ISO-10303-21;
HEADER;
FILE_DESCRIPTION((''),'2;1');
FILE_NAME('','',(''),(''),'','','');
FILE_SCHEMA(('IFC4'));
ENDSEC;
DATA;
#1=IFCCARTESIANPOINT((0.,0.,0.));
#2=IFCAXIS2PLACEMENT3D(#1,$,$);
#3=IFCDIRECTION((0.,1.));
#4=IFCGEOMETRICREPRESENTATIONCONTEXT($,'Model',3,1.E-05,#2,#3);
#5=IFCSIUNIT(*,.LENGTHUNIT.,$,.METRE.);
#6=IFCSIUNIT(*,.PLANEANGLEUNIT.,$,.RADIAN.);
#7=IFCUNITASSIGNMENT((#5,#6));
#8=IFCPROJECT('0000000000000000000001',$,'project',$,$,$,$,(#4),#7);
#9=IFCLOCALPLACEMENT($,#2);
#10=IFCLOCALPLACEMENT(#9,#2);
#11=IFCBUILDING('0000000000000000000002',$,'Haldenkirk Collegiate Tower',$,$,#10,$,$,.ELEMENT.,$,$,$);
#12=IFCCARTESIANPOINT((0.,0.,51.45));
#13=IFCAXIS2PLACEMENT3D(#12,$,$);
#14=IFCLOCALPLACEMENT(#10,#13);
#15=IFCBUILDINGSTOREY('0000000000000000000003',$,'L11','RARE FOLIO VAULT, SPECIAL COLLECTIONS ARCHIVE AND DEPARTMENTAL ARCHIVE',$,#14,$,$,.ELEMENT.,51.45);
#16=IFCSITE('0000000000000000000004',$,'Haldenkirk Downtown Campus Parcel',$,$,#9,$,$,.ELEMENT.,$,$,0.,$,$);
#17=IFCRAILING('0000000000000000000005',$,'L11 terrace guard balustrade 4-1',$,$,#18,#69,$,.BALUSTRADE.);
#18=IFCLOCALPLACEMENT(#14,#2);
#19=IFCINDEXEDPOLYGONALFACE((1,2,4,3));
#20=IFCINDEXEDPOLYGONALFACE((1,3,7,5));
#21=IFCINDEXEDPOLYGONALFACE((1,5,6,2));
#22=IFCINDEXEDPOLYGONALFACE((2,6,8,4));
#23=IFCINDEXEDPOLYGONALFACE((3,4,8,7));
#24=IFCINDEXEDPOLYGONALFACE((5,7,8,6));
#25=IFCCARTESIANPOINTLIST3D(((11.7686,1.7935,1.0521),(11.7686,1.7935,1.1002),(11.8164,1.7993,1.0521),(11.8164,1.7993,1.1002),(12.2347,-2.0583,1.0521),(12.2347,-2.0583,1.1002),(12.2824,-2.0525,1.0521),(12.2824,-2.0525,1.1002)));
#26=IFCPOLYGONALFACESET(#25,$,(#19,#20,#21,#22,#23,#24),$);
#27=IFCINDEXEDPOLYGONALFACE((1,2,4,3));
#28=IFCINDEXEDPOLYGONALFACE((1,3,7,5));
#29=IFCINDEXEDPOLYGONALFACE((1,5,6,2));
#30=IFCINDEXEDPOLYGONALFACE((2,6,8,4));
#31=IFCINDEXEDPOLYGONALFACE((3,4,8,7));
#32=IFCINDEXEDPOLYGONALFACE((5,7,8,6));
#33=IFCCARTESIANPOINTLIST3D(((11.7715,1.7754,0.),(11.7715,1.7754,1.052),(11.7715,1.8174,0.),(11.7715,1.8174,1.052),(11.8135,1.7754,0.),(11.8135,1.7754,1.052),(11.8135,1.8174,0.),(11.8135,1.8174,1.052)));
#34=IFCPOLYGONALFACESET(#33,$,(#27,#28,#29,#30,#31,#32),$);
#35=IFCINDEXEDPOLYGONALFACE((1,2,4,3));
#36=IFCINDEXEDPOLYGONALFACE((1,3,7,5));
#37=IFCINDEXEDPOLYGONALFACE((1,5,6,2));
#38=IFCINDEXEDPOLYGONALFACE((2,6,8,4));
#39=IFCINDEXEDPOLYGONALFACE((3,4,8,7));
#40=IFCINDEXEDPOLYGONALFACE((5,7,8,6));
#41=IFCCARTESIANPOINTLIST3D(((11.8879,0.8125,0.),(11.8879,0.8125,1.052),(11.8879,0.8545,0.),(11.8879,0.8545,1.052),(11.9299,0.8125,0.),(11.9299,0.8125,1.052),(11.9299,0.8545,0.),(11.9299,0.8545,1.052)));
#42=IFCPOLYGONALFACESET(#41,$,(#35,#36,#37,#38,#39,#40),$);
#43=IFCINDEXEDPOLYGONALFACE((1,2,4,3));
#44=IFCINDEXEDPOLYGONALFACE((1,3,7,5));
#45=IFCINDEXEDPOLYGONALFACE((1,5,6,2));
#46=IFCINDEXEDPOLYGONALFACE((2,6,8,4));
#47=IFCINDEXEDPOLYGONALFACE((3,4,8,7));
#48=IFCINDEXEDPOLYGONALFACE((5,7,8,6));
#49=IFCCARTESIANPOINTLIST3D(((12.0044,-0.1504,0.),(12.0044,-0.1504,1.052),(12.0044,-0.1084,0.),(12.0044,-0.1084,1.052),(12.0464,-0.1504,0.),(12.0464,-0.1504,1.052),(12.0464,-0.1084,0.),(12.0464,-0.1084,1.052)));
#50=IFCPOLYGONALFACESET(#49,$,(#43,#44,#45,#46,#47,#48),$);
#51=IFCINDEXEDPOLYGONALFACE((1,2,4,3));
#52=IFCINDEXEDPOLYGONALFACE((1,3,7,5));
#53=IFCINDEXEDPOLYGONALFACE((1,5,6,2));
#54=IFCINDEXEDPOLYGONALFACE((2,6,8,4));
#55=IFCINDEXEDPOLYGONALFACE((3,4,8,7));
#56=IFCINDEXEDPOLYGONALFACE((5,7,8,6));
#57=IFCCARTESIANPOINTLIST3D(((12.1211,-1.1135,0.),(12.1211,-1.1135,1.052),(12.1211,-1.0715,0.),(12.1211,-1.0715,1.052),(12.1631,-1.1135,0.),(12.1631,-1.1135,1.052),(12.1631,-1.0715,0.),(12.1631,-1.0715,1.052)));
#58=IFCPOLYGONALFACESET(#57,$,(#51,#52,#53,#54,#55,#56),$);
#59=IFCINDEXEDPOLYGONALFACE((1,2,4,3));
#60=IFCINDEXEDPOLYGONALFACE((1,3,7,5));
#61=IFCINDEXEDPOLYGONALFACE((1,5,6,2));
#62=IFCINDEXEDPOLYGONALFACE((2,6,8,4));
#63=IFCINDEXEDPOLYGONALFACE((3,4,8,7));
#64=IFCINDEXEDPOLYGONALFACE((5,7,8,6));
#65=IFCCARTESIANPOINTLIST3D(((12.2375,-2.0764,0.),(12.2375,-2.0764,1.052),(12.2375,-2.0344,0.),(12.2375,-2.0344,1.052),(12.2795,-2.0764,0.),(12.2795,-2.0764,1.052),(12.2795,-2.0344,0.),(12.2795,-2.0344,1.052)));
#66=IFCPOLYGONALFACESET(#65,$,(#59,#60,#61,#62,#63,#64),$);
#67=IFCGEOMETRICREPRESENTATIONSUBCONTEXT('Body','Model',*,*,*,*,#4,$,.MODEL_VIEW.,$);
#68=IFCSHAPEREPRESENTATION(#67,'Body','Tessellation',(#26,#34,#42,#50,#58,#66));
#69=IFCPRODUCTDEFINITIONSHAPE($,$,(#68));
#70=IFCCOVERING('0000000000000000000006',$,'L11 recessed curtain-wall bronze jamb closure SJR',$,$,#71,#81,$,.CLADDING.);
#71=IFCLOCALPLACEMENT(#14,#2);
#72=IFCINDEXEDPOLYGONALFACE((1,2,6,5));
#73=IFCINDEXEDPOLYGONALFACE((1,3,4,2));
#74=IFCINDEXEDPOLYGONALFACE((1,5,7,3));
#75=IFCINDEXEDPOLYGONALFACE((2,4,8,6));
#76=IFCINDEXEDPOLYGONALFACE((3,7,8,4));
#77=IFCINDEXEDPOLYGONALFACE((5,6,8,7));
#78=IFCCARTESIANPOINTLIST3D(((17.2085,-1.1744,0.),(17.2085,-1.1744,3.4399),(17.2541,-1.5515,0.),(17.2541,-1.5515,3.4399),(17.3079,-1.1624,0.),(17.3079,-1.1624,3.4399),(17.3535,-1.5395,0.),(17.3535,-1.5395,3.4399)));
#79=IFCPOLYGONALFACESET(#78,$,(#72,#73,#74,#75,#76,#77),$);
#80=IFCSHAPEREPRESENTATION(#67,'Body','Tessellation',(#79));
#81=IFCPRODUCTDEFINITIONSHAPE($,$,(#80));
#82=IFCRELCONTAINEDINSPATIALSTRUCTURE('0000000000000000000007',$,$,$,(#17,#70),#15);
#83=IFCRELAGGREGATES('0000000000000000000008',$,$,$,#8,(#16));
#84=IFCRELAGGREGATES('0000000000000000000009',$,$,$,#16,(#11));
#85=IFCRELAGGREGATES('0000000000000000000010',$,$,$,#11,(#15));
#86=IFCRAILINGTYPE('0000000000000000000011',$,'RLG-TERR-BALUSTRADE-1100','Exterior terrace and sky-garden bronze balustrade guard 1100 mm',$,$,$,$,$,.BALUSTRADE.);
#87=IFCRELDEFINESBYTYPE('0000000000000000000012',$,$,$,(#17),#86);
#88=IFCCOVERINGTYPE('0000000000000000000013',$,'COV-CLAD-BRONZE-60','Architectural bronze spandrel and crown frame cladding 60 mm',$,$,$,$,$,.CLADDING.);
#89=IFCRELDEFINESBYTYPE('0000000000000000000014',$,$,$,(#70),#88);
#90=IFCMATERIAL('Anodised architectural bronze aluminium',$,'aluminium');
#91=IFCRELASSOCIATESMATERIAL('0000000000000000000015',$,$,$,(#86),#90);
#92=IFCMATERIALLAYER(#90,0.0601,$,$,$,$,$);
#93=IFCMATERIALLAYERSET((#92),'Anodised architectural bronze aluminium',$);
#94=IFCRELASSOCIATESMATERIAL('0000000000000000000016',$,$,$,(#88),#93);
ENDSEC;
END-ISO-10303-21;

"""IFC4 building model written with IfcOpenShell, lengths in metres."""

from ifc_helpers import new_model, si_unit, direction, frame, origin, origin_2d, place, context, subcontext, project, spatial, rectangle, extrude, source, transform, mapped, material, layer, layer_set, type_object, element, save


model = new_model("IFC4")

# Units and contexts
model_context = context("Model", 3, precision=1e-05, world=origin(), true_north=direction((0.0, 1.0)))
body_context = subcontext(model_context, "Body", "Model", "MODEL_VIEW")
ifc_project = project(units=[si_unit("LENGTHUNIT", "METRE"), si_unit("PLANEANGLEUNIT", "RADIAN")], contexts=[model_context])

# Site, building, storey
site_placement = place(None, origin())
site = spatial("IfcSite", under=ifc_project, at=site_placement, Name="Haldenkirk Downtown Campus Parcel", CompositionType="ELEMENT", RefElevation=0.0)
building_placement = place(site_placement, origin())
building = spatial("IfcBuilding", under=site, at=building_placement, Name="Haldenkirk Collegiate Tower", CompositionType="ELEMENT")
storey_placement = place(building_placement, frame((0.0, 0.0, 51.45)))
storey = spatial("IfcBuildingStorey", under=building, at=storey_placement, Name="L11", Description="RARE FOLIO VAULT, SPECIAL COLLECTIONS ARCHIVE AND DEPARTMENTAL ARCHIVE", CompositionType="ELEMENT", Elevation=51.45)

# Shared definitions
ifc_material_1 = material(Name="Anodised architectural bronze aluminium", Category="aluminium")

# Railing
railing_type = type_object("IfcRailingType", Name="RLG-TERR-BALUSTRADE-1100", Description="Exterior terrace and sky-garden bronze balustrade guard 1100 mm", PredefinedType="BALUSTRADE", material=ifc_material_1)
railing_1_placement = place(storey_placement, frame((11.7925, 1.7964, 0.0)))
element("IfcRailing", 1, at=railing_1_placement, inside=storey, type_object=railing_type, Name="L11 terrace guard balustrade 4-1", PredefinedType="BALUSTRADE", context=body_context, shape_type="SweptSolid", body=[
    extrude(rectangle(XDim=0.0481, YDim=0.0481, at=origin_2d()), frame((0.0, 0.0, 1.0762), z_axis=(0.120123, -0.992759, 0.0), x_axis=(0.992759, 0.120123, 0.0)), (0.0, 0.0, 1.0), 3.8799),
    extrude(rectangle(XDim=0.042, YDim=0.042, at=origin_2d()), origin(), (0.0, 0.0, 1.0), 1.052),
    extrude(rectangle(XDim=0.042, YDim=0.042, at=origin_2d()), frame((0.1165, -0.9629, 0.0)), (0.0, 0.0, 1.0), 1.052),
    extrude(rectangle(XDim=0.042, YDim=0.042, at=origin_2d()), frame((0.2329, -1.9258, 0.0)), (0.0, 0.0, 1.0), 1.052),
    extrude(rectangle(XDim=0.042, YDim=0.042, at=origin_2d()), frame((0.3496, -2.8889, 0.0)), (0.0, 0.0, 1.0), 1.052),
    extrude(rectangle(XDim=0.042, YDim=0.042, at=origin_2d()), frame((0.4661, -3.8518, 0.0)), (0.0, 0.0, 1.0), 1.052),
])

# Covering
ifc_layer_1 = layer(ifc_material_1, 0.0601)
ifc_layer_set_1 = layer_set([ifc_layer_1], Name="Anodised architectural bronze aluminium")
covering_type = type_object("IfcCoveringType", Name="COV-CLAD-BRONZE-60", Description="Architectural bronze spandrel and crown frame cladding 60 mm", PredefinedType="CLADDING", material=ifc_layer_set_1)
shared_shape_1 = source(origin(), body_context, "Body", "SweptSolid", [
    extrude(rectangle(XDim=0.1001, YDim=0.3799, at=origin_2d()), origin(), (0.0, 0.0, 1.0), 3.4399),
])
covering_placement = place(storey_placement, frame((17.281, -1.3569, 0.0), z_axis=(0.0, 0.0, 1.0), x_axis=(-0.992757, -0.120137, 0.0)))
element("IfcCovering", 2, at=covering_placement, inside=storey, type_object=covering_type, Name="L11 recessed curtain-wall bronze jamb closure SJR", PredefinedType="CLADDING", context=body_context, shape_type="MappedRepresentation", body=[
    mapped(shared_shape_1, transform((0.0, 0.0, 0.0), x_axis=(1.0, 0.0, 0.0), y_axis=(0.0, 1.0, 0.0), z_axis=(0.0, 0.0, 1.0), scale=1.0)),
])

save(model, "model.ifc")
